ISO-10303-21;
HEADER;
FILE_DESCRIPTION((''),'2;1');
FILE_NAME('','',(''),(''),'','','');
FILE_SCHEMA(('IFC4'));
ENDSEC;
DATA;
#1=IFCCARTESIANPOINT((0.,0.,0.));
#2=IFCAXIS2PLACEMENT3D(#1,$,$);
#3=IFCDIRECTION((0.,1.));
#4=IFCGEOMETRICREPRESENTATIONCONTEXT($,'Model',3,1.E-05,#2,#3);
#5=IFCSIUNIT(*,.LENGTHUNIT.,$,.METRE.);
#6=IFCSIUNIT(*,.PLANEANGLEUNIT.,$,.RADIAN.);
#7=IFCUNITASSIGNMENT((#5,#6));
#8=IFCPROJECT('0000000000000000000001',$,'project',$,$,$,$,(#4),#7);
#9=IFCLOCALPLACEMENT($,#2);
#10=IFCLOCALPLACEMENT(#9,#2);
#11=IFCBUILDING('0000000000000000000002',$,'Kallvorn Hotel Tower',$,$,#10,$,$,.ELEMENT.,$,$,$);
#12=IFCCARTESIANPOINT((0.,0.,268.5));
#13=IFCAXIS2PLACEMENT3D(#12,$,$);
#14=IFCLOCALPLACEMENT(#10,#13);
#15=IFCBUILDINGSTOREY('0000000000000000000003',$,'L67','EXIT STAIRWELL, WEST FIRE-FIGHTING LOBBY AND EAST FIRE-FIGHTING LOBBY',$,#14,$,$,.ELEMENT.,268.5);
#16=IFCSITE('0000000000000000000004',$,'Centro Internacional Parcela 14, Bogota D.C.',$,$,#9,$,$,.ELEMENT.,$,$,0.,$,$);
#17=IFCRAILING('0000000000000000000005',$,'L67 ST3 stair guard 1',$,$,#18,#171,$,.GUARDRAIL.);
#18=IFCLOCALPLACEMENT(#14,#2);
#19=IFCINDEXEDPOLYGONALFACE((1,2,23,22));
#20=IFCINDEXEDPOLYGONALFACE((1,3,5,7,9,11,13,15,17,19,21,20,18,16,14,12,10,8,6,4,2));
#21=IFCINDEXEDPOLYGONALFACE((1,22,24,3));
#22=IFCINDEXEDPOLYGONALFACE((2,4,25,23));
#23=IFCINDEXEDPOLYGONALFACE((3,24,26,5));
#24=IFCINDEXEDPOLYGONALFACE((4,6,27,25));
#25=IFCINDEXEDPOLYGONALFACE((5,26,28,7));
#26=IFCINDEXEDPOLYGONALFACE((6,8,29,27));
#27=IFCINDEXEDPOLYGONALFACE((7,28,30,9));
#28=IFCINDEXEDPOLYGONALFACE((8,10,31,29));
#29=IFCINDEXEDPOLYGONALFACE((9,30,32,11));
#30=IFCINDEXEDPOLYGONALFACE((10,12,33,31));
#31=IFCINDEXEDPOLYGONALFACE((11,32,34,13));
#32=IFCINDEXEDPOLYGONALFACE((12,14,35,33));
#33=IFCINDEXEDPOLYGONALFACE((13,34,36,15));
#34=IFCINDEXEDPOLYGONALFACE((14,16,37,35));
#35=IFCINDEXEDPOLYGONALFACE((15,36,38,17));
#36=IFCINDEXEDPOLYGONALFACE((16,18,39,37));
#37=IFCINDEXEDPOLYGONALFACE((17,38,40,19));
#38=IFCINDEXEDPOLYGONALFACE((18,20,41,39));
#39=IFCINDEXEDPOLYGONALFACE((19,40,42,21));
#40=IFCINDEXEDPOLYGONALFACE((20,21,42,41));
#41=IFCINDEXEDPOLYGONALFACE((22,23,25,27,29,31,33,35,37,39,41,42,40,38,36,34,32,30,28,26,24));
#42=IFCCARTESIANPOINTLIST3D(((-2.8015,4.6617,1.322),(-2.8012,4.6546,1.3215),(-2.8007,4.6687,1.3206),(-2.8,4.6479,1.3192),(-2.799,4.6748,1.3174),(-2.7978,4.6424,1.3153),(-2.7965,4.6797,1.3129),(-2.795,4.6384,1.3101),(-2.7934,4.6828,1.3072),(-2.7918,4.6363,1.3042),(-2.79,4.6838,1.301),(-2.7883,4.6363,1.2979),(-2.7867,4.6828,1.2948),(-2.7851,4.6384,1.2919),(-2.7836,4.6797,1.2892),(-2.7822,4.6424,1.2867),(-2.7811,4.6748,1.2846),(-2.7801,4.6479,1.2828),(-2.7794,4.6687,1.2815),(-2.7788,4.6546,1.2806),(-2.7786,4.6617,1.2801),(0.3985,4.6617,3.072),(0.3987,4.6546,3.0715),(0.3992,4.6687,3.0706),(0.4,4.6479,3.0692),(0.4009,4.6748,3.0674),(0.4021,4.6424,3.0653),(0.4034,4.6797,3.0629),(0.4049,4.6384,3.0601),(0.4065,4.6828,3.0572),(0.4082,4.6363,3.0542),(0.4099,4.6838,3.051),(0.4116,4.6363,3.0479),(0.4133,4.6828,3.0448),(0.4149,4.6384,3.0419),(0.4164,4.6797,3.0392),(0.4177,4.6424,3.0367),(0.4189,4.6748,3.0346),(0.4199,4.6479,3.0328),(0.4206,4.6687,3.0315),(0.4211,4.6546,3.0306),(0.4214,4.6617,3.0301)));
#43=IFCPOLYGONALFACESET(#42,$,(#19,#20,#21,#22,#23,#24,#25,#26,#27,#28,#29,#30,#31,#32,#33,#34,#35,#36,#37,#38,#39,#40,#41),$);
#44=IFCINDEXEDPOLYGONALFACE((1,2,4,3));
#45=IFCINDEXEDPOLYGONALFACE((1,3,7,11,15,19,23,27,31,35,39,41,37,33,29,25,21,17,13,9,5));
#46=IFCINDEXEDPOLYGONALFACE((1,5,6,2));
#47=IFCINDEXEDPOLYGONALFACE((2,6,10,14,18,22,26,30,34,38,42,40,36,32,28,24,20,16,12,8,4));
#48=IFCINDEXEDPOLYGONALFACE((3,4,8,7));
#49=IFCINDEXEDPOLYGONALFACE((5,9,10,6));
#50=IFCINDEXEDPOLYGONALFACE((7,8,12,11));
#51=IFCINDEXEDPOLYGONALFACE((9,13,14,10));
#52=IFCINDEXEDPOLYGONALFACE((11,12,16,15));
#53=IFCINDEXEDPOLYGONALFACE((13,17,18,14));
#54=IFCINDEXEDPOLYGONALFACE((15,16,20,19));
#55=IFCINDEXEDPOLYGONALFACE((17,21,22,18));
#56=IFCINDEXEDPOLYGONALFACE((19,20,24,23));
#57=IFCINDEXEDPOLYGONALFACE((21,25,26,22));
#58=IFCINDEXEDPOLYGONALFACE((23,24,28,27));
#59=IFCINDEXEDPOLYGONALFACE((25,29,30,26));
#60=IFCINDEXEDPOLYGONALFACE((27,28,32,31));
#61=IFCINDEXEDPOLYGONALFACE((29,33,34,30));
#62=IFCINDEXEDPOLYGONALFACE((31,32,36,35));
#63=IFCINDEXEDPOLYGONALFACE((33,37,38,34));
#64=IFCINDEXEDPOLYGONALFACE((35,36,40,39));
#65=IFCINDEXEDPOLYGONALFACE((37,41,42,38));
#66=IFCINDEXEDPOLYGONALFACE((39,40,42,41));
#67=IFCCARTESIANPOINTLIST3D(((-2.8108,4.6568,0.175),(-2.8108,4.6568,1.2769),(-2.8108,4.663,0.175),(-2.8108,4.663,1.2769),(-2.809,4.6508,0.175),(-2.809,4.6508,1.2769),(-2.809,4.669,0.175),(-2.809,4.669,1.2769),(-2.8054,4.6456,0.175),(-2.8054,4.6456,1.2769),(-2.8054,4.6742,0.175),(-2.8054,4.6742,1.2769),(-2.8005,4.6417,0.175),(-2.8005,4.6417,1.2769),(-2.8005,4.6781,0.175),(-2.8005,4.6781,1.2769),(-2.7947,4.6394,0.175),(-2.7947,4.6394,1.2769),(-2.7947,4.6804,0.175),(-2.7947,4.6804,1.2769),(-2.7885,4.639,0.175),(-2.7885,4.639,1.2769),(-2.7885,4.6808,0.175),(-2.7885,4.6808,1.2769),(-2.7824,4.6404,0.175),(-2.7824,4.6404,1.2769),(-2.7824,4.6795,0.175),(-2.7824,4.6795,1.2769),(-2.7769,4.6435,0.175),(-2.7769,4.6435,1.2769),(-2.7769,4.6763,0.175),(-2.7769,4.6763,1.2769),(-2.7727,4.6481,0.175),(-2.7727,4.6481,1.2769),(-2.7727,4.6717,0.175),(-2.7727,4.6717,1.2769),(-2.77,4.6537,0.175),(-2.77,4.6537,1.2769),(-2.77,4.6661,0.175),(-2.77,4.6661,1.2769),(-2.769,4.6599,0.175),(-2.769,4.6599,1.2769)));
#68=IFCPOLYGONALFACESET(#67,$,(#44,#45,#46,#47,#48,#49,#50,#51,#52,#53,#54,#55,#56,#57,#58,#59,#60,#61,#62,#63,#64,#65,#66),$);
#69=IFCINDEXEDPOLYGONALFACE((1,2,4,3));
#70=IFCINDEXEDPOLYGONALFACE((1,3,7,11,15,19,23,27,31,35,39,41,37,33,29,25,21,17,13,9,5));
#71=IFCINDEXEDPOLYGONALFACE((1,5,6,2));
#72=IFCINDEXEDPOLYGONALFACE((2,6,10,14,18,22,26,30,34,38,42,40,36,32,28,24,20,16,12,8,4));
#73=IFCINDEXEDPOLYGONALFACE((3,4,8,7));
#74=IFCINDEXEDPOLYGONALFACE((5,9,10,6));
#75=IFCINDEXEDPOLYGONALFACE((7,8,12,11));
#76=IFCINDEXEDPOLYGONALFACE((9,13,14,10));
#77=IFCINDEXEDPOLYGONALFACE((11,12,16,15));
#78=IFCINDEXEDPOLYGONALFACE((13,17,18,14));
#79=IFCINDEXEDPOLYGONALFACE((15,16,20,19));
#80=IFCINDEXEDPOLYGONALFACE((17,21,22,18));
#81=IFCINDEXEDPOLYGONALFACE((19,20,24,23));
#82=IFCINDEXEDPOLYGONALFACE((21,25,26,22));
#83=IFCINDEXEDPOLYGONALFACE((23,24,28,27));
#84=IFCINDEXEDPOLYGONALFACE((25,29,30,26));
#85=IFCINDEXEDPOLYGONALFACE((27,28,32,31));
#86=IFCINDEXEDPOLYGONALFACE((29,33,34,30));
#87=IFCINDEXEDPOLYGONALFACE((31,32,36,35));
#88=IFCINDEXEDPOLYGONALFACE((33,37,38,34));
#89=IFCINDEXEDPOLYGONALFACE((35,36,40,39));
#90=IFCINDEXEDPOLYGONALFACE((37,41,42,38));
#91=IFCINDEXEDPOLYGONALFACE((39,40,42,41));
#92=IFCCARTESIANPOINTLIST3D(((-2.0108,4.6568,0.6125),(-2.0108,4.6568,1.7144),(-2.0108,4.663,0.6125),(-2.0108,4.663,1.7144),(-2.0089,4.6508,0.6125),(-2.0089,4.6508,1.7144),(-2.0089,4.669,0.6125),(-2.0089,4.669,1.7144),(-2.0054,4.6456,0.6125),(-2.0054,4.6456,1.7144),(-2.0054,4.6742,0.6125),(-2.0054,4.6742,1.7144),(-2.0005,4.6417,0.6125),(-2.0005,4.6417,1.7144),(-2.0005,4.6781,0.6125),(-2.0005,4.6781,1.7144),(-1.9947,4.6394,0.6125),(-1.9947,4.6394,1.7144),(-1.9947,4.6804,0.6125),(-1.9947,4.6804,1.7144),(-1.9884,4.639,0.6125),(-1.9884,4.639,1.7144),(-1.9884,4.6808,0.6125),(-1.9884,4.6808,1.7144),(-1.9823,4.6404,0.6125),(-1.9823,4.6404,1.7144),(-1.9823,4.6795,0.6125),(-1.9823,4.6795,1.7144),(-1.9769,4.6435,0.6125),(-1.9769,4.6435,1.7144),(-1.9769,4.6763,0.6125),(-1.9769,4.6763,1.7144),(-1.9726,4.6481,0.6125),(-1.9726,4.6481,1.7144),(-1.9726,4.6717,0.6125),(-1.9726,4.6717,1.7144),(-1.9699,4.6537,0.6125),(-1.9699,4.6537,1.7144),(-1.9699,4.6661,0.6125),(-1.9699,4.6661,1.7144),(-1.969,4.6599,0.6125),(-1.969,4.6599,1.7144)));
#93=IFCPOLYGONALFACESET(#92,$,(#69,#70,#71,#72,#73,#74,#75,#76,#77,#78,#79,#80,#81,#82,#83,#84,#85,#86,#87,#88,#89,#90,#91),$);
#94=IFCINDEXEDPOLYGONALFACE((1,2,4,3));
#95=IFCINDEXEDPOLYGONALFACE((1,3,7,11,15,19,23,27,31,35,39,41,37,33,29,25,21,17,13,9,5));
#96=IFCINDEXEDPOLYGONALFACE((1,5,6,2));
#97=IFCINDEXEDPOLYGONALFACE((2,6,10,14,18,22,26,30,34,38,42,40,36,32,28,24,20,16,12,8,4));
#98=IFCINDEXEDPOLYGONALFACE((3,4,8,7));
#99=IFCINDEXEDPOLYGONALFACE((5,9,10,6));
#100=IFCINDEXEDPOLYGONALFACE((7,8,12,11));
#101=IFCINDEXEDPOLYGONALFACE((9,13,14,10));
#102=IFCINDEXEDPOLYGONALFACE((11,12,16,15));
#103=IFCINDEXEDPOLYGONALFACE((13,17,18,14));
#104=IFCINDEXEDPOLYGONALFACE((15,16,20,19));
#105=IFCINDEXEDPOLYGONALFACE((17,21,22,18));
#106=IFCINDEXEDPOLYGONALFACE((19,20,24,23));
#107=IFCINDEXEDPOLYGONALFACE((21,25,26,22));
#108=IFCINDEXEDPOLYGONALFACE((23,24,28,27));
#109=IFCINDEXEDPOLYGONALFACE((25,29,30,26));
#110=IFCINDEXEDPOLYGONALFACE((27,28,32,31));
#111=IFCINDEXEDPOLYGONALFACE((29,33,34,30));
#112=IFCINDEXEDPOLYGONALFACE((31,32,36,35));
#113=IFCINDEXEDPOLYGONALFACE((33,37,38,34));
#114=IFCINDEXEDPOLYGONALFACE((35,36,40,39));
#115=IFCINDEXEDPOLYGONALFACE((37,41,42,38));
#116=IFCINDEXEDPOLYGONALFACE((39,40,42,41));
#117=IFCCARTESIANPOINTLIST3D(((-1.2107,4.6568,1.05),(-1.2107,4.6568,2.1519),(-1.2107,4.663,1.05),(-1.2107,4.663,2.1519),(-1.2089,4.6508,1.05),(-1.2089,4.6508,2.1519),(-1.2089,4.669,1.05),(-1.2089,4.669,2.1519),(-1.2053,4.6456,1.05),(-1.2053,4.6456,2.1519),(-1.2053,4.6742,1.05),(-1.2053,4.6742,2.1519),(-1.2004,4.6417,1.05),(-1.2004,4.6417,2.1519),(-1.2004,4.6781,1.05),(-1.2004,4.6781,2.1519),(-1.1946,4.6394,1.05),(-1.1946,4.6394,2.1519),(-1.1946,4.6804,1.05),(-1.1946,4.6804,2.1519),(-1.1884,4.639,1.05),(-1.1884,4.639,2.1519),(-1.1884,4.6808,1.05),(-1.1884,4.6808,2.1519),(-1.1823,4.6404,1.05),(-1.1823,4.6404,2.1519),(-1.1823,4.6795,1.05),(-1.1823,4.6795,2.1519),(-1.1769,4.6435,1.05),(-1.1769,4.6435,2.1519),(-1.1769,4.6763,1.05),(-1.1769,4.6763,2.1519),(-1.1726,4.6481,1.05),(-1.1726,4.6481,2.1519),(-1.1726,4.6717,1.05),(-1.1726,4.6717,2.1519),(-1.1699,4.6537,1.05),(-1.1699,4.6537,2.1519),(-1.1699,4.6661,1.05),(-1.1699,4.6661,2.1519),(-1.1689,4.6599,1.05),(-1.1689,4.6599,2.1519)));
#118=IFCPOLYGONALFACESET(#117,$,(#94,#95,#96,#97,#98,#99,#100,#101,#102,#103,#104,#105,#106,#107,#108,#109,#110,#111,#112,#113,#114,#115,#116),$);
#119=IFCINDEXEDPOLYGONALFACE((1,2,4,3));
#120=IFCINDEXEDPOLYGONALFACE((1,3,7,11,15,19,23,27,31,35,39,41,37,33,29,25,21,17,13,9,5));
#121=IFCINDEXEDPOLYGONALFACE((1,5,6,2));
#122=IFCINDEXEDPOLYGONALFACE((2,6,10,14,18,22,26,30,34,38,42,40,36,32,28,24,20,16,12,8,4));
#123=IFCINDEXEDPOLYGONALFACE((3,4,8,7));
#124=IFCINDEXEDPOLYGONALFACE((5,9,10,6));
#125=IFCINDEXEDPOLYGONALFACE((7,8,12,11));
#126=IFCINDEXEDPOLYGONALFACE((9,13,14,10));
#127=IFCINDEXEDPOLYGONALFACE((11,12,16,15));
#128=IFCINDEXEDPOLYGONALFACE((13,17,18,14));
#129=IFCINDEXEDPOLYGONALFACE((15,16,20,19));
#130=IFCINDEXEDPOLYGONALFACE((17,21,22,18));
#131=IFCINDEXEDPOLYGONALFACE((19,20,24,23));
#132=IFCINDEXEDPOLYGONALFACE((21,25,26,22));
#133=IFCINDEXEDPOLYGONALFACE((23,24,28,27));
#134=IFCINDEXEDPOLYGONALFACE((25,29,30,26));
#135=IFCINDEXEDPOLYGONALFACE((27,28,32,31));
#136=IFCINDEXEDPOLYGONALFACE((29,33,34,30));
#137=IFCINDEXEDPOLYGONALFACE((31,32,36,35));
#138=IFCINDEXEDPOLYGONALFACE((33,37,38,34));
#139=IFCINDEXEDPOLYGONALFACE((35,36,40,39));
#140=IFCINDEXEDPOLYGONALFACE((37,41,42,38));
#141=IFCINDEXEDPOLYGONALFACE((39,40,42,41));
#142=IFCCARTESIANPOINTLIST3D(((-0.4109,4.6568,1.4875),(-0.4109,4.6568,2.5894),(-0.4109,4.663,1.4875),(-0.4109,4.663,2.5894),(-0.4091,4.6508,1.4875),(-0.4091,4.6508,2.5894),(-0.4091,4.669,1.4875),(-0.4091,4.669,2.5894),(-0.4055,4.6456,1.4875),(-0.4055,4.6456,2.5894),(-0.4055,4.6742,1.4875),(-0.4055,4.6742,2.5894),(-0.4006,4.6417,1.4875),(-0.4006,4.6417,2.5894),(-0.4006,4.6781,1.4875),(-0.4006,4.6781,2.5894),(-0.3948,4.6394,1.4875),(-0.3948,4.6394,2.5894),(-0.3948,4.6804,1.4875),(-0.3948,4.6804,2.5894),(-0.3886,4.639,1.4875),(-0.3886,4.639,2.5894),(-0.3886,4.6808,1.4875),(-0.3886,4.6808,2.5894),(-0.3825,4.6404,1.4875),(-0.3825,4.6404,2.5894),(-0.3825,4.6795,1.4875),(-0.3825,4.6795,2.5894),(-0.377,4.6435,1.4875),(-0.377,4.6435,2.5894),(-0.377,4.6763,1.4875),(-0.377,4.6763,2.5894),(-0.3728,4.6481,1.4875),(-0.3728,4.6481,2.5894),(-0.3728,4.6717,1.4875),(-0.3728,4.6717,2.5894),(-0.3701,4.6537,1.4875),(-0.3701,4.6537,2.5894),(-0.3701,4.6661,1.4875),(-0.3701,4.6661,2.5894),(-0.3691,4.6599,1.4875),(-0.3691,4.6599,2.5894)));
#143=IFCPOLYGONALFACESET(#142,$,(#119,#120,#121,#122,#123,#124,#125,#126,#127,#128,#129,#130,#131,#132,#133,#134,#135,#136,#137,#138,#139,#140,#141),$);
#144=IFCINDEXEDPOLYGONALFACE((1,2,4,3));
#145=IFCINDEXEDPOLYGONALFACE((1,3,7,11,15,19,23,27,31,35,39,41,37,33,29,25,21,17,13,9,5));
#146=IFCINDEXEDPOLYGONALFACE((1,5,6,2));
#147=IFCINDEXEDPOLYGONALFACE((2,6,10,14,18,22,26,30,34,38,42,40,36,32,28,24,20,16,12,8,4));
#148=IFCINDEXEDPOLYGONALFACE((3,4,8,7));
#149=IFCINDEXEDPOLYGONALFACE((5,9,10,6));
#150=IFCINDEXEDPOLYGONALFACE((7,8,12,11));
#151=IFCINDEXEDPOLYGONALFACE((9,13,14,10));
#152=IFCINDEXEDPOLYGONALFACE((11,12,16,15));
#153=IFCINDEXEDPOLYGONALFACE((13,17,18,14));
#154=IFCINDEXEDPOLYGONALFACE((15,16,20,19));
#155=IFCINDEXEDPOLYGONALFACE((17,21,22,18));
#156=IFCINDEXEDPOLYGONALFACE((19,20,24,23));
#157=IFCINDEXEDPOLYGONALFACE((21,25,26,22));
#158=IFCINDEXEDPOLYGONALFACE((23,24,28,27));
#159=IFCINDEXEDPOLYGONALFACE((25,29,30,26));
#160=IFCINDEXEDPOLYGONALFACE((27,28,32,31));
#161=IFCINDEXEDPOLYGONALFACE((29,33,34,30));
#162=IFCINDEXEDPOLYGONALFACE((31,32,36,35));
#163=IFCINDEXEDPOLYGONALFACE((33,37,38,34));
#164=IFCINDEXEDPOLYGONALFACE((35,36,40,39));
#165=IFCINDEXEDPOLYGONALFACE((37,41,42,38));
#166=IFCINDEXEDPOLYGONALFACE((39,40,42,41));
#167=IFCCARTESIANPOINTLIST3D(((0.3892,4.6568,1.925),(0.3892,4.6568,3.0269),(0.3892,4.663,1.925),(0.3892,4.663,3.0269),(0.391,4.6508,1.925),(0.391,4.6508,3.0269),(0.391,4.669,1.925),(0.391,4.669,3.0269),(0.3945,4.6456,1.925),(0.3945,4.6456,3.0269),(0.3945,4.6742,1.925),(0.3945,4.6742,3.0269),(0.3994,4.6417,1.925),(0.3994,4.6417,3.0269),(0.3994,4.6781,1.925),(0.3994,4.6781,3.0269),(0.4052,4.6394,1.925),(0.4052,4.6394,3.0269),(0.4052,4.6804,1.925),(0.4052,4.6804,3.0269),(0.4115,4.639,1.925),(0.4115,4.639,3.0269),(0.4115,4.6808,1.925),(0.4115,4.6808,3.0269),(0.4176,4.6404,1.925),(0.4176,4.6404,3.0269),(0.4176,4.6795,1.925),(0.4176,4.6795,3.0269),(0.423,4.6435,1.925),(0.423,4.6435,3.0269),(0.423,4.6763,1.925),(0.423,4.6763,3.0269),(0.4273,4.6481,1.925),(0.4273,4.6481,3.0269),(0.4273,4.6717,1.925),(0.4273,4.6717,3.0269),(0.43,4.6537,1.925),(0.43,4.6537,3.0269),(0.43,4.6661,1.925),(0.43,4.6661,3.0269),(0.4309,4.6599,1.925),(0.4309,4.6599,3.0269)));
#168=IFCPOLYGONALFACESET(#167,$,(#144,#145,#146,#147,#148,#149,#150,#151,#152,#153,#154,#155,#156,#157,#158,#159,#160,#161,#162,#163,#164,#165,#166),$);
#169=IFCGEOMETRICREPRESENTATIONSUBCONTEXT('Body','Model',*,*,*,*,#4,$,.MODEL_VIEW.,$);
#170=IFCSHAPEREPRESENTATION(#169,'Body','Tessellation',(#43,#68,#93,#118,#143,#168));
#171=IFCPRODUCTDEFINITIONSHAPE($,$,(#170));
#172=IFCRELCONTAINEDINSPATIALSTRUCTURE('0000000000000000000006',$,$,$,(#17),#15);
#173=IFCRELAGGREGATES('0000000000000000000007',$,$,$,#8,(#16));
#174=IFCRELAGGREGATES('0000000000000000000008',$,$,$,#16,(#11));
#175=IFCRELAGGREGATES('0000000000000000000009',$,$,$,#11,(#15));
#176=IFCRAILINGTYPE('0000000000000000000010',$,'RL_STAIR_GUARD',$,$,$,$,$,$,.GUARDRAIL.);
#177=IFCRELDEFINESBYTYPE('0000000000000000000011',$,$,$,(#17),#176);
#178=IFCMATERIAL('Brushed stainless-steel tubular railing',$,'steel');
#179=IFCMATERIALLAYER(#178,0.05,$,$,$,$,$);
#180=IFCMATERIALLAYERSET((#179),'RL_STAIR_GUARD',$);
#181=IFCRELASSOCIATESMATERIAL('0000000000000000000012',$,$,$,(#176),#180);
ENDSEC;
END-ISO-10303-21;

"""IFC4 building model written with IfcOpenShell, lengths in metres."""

from ifc_helpers import new_model, si_unit, direction, frame, origin, origin_2d, place, context, subcontext, project, spatial, circle, extrude, material, layer, layer_set, type_object, element, save


model = new_model("IFC4")

# Units and contexts
model_context = context("Model", 3, precision=1e-05, world=origin(), true_north=direction((0.0, 1.0)))
body_context = subcontext(model_context, "Body", "Model", "MODEL_VIEW")
ifc_project = project(units=[si_unit("LENGTHUNIT", "METRE"), si_unit("PLANEANGLEUNIT", "RADIAN")], contexts=[model_context])

# Site, building, storey
site_placement = place(None, origin())
site = spatial("IfcSite", under=ifc_project, at=site_placement, Name="Centro Internacional Parcela 14, Bogota D.C.", CompositionType="ELEMENT", RefElevation=0.0)
building_placement = place(site_placement, origin())
building = spatial("IfcBuilding", under=site, at=building_placement, Name="Kallvorn Hotel Tower", CompositionType="ELEMENT")
storey_placement = place(building_placement, frame((0.0, 0.0, 268.5)))
storey = spatial("IfcBuildingStorey", under=building, at=storey_placement, Name="L67", Description="EXIT STAIRWELL, WEST FIRE-FIGHTING LOBBY AND EAST FIRE-FIGHTING LOBBY", CompositionType="ELEMENT", Elevation=268.5)

# Railing
ifc_material_1 = material(Name="Brushed stainless-steel tubular railing", Category="steel")
ifc_layer_1 = layer(ifc_material_1, 0.05)
ifc_layer_set_1 = layer_set([ifc_layer_1], Name="RL_STAIR_GUARD")
railing_type_1 = type_object("IfcRailingType", Name="RL_STAIR_GUARD", PredefinedType="GUARDRAIL", material=ifc_layer_set_1)
railing_1_placement = place(storey_placement, frame((-2.79, 4.6599, 0.175)))
element("IfcRailing", 1, at=railing_1_placement, inside=storey, type_object=railing_type_1, Name="L67 ST3 stair guard 1", PredefinedType="GUARDRAIL", context=body_context, shape_type="SweptSolid", body=[
    extrude(circle(Radius=0.0239, at=origin_2d()), frame((0.0, 0.0, 1.126), z_axis=(0.877368, 0.0, 0.479818), x_axis=(0.0, 1.0, 0.0)), (0.0, 0.0, 1.0), 3.6472),
    extrude(circle(Radius=0.021, at=origin_2d()), origin(), (0.0, 0.0, 1.0), 1.1018),
    extrude(circle(Radius=0.021, at=origin_2d()), frame((0.8, 0.0, 0.4375)), (0.0, 0.0, 1.0), 1.1018),
    extrude(circle(Radius=0.021, at=origin_2d()), frame((1.6001, 0.0, 0.875)), (0.0, 0.0, 1.0), 1.1018),
    extrude(circle(Radius=0.021, at=origin_2d()), frame((2.3999, 0.0, 1.3125)), (0.0, 0.0, 1.0), 1.1018),
    extrude(circle(Radius=0.021, at=origin_2d()), frame((3.2, 0.0, 1.75)), (0.0, 0.0, 1.0), 1.1018),
])

save(model, "model.ifc")
